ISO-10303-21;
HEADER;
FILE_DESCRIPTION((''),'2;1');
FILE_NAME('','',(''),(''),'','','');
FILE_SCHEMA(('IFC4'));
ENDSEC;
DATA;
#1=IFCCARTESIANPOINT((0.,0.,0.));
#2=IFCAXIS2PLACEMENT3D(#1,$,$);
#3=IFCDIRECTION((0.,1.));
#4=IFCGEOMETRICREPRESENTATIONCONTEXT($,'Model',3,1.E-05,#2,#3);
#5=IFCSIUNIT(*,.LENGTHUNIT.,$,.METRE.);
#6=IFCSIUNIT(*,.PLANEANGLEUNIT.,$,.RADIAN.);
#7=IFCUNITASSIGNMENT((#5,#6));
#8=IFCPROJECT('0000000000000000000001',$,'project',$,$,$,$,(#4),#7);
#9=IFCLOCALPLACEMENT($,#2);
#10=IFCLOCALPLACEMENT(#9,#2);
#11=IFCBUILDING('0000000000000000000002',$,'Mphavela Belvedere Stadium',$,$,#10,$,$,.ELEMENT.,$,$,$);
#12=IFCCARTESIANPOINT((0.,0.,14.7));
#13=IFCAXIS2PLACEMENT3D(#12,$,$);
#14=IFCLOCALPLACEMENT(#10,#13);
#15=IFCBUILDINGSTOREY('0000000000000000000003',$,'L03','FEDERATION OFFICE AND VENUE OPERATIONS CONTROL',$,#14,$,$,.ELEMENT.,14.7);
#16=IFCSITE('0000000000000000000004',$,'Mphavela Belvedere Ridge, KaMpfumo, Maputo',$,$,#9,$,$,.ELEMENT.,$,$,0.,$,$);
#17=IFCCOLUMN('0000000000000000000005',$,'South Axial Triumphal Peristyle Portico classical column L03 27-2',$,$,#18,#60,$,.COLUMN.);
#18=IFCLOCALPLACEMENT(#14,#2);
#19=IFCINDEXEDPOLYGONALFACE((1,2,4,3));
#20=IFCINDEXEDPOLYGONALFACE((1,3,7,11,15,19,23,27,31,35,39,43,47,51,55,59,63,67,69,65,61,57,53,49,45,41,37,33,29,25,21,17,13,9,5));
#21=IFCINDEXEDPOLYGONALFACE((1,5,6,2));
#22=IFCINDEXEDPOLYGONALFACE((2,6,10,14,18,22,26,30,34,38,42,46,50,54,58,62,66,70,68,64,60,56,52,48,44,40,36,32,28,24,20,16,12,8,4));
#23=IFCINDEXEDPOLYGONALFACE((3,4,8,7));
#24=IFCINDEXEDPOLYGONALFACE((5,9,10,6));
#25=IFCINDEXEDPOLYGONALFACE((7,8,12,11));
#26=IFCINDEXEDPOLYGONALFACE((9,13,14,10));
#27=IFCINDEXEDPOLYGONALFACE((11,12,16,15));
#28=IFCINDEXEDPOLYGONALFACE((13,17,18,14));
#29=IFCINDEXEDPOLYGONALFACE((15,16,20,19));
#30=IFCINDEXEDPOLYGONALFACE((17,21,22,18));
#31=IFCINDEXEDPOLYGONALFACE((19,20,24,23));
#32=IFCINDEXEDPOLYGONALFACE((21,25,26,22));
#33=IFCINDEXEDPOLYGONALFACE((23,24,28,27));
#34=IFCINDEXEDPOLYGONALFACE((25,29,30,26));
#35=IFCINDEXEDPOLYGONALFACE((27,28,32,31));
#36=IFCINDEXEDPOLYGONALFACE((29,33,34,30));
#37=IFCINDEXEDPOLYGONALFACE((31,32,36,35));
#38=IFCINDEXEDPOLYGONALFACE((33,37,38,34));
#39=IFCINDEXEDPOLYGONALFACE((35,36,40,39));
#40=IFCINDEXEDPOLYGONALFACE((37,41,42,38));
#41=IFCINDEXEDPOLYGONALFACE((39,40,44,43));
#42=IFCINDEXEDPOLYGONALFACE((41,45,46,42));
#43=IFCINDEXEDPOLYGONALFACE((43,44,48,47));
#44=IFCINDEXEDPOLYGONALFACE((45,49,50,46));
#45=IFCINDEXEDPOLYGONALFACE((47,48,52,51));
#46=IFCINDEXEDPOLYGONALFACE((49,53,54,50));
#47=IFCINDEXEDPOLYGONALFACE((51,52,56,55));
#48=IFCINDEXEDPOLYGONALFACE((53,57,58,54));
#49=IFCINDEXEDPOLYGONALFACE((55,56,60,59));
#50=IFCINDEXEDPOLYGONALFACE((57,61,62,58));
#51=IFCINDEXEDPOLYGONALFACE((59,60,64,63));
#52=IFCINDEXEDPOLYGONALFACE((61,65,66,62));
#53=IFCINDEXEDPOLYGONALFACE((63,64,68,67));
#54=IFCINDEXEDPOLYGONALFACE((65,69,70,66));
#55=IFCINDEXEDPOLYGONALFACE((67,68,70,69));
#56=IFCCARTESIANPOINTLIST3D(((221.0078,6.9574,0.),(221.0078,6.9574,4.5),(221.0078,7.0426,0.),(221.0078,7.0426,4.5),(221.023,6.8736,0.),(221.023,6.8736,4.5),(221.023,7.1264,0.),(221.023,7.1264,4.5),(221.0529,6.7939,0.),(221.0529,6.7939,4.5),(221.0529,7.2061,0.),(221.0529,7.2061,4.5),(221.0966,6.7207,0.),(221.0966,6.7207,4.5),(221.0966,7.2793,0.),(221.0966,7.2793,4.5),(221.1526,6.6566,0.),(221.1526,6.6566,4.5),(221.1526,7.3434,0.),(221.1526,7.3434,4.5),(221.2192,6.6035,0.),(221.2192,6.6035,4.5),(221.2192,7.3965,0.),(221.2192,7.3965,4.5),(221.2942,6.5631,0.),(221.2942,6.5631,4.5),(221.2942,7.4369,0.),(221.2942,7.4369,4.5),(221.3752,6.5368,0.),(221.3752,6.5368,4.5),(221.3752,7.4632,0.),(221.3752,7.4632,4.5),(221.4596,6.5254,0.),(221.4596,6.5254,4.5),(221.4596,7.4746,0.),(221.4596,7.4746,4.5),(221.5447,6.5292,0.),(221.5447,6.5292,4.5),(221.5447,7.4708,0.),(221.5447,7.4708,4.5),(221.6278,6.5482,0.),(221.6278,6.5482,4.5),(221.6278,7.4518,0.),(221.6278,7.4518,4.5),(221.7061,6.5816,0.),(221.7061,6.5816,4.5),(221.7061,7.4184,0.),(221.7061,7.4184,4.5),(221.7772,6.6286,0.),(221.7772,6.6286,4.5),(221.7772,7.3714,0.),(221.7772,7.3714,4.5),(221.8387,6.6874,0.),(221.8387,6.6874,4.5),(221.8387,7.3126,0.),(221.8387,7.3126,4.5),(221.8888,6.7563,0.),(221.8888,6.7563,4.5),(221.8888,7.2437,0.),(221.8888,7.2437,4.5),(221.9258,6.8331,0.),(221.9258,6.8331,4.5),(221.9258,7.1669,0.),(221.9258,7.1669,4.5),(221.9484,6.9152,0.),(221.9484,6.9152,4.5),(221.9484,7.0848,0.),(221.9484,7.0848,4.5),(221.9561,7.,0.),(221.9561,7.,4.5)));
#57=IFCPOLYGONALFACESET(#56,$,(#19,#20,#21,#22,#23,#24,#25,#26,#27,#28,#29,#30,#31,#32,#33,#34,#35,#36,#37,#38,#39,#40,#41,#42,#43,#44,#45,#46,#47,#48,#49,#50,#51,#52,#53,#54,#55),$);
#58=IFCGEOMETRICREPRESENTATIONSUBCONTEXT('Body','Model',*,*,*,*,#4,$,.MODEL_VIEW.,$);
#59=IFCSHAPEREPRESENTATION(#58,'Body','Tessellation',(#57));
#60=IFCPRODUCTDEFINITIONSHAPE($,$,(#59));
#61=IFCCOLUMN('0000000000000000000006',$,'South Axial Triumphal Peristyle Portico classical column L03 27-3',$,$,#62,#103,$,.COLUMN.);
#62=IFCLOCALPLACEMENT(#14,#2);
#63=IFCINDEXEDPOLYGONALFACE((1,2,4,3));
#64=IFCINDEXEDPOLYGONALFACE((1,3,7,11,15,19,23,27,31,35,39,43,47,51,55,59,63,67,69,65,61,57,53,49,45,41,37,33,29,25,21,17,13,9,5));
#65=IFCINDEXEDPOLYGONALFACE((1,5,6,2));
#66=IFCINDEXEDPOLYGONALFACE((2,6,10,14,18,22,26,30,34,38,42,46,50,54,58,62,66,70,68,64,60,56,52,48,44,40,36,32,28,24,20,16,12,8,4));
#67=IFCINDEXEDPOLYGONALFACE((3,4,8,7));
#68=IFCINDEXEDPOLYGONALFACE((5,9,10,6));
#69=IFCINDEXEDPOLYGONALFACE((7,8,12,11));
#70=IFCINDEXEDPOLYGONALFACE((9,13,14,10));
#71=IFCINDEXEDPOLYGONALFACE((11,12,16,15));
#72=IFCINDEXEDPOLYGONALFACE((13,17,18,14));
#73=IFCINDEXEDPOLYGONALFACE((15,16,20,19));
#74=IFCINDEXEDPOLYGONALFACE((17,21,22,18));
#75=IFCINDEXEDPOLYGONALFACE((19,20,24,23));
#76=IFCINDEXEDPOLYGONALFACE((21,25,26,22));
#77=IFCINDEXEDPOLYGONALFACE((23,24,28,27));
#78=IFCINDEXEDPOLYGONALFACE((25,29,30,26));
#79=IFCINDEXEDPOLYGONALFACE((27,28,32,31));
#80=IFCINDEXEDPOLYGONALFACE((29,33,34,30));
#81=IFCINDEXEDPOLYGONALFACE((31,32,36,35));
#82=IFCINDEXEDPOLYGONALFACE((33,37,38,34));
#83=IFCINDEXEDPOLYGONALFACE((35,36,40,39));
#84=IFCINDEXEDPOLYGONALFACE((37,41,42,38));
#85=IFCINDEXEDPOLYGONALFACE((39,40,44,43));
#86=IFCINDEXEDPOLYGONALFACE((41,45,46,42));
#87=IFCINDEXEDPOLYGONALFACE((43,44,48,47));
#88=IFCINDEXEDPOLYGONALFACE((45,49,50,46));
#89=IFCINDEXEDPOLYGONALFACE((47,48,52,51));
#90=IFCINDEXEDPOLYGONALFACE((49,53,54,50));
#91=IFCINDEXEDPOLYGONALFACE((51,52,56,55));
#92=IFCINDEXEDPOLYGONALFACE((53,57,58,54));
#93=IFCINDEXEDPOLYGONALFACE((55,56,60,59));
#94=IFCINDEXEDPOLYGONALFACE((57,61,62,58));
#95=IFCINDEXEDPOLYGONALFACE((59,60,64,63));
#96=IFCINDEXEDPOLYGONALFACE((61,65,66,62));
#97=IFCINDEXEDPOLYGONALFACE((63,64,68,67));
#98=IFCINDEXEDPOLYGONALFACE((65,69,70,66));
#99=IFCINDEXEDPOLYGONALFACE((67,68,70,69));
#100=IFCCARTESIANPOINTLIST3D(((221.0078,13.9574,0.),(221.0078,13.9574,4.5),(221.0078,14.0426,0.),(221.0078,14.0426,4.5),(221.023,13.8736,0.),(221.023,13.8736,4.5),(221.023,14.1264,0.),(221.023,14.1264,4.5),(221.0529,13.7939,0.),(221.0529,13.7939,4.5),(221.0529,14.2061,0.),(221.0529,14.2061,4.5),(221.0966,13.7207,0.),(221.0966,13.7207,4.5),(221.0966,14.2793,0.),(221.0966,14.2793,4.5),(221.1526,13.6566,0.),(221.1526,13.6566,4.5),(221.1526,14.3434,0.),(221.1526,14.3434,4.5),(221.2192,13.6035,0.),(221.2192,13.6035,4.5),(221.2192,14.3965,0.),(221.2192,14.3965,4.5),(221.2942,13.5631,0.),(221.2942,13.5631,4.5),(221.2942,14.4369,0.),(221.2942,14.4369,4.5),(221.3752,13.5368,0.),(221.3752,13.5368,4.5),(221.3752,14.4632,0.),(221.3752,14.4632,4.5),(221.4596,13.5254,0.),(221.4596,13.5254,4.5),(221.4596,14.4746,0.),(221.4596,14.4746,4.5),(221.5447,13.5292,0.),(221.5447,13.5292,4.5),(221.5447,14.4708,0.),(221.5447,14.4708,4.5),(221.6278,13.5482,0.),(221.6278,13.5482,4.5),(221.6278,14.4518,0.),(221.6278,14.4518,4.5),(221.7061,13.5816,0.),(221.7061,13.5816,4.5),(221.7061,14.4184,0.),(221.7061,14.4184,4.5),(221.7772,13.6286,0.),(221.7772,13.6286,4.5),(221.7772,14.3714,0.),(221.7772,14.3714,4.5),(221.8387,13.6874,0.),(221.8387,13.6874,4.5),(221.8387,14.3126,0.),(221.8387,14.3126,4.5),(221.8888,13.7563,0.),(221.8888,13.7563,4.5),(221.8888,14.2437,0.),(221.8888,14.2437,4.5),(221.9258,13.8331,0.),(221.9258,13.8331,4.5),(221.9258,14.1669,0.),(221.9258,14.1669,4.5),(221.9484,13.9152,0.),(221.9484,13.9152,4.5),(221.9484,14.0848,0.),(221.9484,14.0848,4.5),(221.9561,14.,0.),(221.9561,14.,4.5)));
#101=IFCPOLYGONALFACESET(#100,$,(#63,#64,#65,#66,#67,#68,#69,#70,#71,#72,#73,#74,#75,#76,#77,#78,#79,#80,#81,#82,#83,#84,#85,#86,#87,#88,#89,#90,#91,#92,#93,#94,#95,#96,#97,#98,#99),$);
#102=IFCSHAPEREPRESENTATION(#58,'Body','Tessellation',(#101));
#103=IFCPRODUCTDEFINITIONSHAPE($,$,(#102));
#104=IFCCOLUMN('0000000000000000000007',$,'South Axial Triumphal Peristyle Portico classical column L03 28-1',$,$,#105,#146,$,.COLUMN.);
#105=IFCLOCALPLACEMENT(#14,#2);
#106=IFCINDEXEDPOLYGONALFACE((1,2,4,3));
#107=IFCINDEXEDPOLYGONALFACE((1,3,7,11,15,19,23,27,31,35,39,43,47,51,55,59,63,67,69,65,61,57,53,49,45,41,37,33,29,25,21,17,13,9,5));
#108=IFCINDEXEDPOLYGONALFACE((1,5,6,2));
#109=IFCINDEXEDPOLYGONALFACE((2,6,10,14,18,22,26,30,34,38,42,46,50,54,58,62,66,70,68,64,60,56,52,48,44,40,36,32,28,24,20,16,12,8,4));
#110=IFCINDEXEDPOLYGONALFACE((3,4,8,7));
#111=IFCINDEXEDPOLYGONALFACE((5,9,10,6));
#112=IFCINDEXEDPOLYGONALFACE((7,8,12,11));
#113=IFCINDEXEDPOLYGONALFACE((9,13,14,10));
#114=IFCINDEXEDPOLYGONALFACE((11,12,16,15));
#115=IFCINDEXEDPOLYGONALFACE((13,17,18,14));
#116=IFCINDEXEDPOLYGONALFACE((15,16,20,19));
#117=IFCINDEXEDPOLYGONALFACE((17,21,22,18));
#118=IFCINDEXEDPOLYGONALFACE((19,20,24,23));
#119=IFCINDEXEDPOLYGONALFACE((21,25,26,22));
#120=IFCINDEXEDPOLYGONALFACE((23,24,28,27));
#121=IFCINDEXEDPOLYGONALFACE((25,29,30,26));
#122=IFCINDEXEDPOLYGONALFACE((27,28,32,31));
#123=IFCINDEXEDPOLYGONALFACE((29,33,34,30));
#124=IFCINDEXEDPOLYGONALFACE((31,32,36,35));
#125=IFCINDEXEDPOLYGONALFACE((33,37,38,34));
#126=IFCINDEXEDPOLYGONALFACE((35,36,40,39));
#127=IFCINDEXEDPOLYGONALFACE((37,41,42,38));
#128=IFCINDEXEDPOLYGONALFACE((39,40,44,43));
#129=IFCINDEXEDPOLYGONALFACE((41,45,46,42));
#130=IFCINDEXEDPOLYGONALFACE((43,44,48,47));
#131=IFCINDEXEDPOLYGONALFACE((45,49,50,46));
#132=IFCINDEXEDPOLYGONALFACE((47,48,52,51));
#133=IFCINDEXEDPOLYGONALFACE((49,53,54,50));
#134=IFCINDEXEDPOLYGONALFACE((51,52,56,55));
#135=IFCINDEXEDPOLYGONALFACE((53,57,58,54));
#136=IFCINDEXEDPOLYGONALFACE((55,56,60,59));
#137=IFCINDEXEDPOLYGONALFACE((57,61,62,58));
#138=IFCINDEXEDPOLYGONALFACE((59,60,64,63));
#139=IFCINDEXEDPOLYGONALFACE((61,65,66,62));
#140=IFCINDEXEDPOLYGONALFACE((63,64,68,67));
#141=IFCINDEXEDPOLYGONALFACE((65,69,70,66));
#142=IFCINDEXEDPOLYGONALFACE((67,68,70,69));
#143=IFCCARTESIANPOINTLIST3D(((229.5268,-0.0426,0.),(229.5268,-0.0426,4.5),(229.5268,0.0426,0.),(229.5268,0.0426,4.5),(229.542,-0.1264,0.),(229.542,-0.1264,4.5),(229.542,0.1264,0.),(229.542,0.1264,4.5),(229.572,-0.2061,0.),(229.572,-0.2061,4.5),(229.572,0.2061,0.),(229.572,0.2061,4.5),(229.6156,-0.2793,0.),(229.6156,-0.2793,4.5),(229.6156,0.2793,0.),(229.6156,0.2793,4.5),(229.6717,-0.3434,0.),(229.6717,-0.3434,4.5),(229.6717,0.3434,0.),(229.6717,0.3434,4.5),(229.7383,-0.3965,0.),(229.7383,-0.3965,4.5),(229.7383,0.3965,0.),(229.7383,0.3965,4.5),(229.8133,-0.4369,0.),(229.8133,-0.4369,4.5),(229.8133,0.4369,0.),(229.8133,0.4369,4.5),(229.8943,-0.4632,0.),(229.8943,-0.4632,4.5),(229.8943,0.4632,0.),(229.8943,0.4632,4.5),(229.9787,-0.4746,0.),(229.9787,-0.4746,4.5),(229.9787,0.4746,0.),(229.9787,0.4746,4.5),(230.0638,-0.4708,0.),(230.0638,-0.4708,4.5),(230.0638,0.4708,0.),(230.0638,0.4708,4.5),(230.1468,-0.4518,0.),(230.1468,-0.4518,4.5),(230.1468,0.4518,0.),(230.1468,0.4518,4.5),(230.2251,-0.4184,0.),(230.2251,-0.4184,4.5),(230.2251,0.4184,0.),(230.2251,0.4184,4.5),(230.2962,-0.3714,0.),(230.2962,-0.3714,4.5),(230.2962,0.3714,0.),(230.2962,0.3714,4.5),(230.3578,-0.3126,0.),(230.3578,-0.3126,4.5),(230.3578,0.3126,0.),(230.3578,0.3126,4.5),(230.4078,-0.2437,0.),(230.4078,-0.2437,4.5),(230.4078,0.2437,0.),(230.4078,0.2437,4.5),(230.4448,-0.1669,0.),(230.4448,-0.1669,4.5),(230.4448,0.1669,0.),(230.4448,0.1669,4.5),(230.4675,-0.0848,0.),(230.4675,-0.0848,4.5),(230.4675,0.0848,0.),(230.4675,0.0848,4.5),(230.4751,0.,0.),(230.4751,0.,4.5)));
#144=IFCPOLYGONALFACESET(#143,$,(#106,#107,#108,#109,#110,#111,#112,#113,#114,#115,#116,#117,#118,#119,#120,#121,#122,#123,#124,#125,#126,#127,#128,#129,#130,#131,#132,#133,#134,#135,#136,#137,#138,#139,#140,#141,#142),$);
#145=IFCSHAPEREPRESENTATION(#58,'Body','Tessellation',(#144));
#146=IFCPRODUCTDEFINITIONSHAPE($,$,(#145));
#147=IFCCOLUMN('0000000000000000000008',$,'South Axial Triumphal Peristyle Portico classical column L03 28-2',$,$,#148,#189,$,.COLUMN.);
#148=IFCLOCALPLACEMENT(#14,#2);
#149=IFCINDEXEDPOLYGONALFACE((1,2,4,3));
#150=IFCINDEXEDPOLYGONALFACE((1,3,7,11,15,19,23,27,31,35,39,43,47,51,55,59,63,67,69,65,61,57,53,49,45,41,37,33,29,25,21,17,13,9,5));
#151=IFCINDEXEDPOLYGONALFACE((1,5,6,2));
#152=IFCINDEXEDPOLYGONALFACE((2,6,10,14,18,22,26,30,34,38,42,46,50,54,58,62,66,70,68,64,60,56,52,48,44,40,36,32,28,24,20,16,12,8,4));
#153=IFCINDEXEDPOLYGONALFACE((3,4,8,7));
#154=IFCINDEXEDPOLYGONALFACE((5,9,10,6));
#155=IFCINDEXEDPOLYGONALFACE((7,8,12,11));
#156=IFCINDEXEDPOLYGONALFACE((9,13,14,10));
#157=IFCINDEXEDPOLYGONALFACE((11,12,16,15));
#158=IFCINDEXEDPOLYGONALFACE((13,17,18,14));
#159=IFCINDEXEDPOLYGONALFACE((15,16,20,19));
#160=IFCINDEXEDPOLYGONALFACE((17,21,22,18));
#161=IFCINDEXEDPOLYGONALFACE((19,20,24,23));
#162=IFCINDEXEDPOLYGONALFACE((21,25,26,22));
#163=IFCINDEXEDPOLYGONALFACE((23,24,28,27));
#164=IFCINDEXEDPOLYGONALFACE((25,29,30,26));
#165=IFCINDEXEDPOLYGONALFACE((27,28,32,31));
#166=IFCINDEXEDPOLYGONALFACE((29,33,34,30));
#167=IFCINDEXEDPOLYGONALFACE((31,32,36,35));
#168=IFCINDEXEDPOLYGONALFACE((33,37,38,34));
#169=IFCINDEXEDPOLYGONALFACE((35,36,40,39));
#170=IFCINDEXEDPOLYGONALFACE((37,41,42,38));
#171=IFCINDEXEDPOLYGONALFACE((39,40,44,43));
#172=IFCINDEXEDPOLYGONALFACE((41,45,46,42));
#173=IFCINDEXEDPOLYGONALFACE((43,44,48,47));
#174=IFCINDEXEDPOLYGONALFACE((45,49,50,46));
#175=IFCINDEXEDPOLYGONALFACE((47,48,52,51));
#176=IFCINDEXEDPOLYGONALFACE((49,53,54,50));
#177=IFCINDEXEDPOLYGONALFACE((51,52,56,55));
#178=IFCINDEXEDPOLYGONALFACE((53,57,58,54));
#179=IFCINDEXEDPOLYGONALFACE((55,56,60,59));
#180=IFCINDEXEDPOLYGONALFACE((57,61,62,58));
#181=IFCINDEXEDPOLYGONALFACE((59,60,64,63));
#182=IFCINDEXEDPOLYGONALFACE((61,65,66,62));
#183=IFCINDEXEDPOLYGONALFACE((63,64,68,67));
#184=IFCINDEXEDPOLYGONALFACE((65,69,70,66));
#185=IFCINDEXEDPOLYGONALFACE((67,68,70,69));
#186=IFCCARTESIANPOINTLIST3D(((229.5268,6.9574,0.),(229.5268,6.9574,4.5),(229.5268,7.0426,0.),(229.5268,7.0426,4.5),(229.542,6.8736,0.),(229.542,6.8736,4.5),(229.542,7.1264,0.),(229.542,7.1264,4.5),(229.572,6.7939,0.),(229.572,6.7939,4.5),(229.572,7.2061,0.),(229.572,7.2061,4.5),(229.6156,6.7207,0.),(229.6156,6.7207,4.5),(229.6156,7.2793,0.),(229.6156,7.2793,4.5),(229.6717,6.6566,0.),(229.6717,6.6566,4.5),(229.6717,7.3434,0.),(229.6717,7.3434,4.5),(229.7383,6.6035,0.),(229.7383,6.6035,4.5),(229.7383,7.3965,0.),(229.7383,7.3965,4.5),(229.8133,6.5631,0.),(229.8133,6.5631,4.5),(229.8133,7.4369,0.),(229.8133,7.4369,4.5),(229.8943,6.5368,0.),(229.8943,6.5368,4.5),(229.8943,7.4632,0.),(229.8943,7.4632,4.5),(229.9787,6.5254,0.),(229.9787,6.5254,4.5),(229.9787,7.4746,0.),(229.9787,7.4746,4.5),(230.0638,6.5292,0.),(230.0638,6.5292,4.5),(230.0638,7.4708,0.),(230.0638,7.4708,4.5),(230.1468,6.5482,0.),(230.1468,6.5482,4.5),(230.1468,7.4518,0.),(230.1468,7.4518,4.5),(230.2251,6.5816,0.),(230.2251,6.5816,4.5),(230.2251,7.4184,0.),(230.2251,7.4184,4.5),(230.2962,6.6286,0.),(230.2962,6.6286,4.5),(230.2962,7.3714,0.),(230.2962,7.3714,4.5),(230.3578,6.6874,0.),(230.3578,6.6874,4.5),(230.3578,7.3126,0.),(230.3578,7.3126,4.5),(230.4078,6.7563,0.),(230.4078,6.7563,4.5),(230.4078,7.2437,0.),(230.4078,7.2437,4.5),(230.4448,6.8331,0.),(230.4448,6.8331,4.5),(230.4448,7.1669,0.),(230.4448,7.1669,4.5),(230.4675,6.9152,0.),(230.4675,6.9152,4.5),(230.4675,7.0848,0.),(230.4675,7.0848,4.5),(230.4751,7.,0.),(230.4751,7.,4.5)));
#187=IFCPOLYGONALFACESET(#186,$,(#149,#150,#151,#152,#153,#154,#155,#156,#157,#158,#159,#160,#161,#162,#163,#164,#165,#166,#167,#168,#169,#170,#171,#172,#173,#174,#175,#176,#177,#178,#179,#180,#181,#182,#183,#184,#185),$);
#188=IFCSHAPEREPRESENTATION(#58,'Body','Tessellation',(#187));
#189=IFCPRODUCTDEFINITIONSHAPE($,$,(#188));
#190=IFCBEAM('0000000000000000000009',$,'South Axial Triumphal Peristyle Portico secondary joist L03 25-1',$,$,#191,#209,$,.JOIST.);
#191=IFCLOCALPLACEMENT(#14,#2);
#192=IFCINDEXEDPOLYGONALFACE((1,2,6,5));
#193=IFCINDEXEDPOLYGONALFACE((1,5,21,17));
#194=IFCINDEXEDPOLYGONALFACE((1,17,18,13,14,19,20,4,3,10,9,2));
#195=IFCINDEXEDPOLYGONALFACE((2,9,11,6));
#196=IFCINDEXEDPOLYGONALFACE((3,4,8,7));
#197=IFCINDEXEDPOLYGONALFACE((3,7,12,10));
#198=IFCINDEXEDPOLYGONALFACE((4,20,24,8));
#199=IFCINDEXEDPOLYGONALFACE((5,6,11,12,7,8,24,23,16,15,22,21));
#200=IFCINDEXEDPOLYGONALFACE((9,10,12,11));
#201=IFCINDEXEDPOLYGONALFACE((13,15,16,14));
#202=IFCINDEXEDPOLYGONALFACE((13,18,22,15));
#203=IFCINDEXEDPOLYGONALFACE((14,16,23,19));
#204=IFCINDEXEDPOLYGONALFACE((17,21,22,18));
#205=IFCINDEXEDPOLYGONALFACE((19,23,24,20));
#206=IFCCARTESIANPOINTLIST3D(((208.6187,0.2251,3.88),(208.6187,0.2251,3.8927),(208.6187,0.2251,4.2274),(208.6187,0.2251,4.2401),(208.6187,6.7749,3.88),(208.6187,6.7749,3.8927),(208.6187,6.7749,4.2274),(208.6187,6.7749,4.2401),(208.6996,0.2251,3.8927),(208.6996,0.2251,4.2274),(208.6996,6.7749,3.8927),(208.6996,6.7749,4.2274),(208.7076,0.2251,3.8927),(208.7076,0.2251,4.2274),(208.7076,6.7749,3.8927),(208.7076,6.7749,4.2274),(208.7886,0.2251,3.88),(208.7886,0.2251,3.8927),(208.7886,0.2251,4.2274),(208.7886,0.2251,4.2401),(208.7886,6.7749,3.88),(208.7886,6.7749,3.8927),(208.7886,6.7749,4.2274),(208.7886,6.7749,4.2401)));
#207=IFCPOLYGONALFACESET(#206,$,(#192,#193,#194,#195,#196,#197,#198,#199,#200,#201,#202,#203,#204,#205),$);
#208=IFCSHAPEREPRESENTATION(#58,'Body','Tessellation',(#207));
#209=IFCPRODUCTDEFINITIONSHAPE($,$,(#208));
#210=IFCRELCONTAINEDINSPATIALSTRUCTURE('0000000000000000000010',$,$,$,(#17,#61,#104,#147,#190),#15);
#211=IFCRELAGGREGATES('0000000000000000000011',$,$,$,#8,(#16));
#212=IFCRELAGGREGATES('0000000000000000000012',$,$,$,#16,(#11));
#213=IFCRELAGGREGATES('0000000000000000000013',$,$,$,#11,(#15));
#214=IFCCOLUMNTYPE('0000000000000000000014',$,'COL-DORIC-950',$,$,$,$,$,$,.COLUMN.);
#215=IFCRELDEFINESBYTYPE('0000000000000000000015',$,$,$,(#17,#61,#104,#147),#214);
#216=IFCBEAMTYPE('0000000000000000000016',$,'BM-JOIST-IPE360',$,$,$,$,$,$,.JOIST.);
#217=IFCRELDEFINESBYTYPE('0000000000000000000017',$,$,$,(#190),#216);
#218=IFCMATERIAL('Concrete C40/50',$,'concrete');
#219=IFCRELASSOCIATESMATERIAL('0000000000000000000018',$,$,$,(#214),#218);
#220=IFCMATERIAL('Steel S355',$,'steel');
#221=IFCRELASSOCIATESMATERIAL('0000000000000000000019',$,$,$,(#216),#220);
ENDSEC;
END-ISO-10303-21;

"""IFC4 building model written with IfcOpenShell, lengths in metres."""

from ifc_helpers import new_model, si_unit, direction, frame, origin, origin_2d, place, context, subcontext, project, spatial, circle, i_section, extrude, material, material_profile, profile_set, type_object, element, save


model = new_model("IFC4")

# Units and contexts
model_context = context("Model", 3, precision=1e-05, world=origin(), true_north=direction((0.0, 1.0)))
body_context = subcontext(model_context, "Body", "Model", "MODEL_VIEW")
ifc_project = project(units=[si_unit("LENGTHUNIT", "METRE"), si_unit("PLANEANGLEUNIT", "RADIAN")], contexts=[model_context])

# Site, building, storey
site_placement = place(None, origin())
site = spatial("IfcSite", under=ifc_project, at=site_placement, Name="Mphavela Belvedere Ridge, KaMpfumo, Maputo", CompositionType="ELEMENT", RefElevation=0.0)
building_placement = place(site_placement, origin())
building = spatial("IfcBuilding", under=site, at=building_placement, Name="Mphavela Belvedere Stadium", CompositionType="ELEMENT")
storey_placement = place(building_placement, frame((0.0, 0.0, 14.7)))
storey = spatial("IfcBuildingStorey", under=building, at=storey_placement, Name="L03", Description="FEDERATION OFFICE AND VENUE OPERATIONS CONTROL", CompositionType="ELEMENT", Elevation=14.7)

# Columns
ifc_material_1 = material(Name="Concrete C40/50", Category="concrete")
ifc_material_profile_1 = material_profile(ifc_material_1, circle(Radius=0.4751, at=origin_2d()), Name="COL D950")
ifc_profile_set_1 = profile_set([ifc_material_profile_1], Name="Concrete C40/50")
column_type = type_object("IfcColumnType", Name="COL-DORIC-950", PredefinedType="COLUMN", material=ifc_profile_set_1)
for number, where, z_axis, x_axis, name in (
    (1, (221.481, 7.0, 0.0), (0.0, 0.0, 1.0), (1.0, 0.0, 0.0), "South Axial Triumphal Peristyle Portico classical column L03 27-2"),
    (2, (221.481, 14.0, 0.0), (0.0, 0.0, 1.0), (1.0, 0.0, 0.0), "South Axial Triumphal Peristyle Portico classical column L03 27-3"),
    (3, (230.0, 0.0, 0.0), (0.0, 0.0, 1.0), (1.0, 0.0, 0.0), "South Axial Triumphal Peristyle Portico classical column L03 28-1"),
    (4, (230.0, 7.0, 0.0), (0.0, 0.0, 1.0), (1.0, 0.0, 0.0), "South Axial Triumphal Peristyle Portico classical column L03 28-2"),
):
    element("IfcColumn", number, at=place(storey_placement, frame(where, z_axis=z_axis, x_axis=x_axis)), inside=storey, type_object=column_type, Name=name, PredefinedType="COLUMN", context=body_context, shape_type="SweptSolid", body=[
        extrude(circle(Radius=0.4751, at=origin_2d()), origin(), (0.0, 0.0, 1.0), 4.5),
    ])

# Beam
ifc_material_2 = material(Name="Steel S355", Category="steel")
ifc_material_profile_2 = material_profile(ifc_material_2, i_section(OverallWidth=0.1699, OverallDepth=0.3601, WebThickness=0.0081, FlangeThickness=0.0127, at=origin_2d()), Name="IPE 360")
ifc_profile_set_2 = profile_set([ifc_material_profile_2], Name="Steel S355")
beam_type_1 = type_object("IfcBeamType", Name="BM-JOIST-IPE360", PredefinedType="JOIST", material=ifc_profile_set_2)
for number, where, z_axis, x_axis, name in (
    (5, (208.7036, 0.2251, 4.0601), (0.0, 1.0, 0.0), (-1.0, 0.0, 0.0), "South Axial Triumphal Peristyle Portico secondary joist L03 25-1"),
):
    element("IfcBeam", number, at=place(storey_placement, frame(where, z_axis=z_axis, x_axis=x_axis)), inside=storey, type_object=beam_type_1, Name=name, PredefinedType="JOIST", context=body_context, shape_type="SweptSolid", body=[
        extrude(i_section(OverallWidth=0.1699, OverallDepth=0.3601, WebThickness=0.0081, FlangeThickness=0.0127, at=origin_2d()), origin(), (0.0, 0.0, 1.0), 6.5498),
    ])

save(model, "model.ifc")
